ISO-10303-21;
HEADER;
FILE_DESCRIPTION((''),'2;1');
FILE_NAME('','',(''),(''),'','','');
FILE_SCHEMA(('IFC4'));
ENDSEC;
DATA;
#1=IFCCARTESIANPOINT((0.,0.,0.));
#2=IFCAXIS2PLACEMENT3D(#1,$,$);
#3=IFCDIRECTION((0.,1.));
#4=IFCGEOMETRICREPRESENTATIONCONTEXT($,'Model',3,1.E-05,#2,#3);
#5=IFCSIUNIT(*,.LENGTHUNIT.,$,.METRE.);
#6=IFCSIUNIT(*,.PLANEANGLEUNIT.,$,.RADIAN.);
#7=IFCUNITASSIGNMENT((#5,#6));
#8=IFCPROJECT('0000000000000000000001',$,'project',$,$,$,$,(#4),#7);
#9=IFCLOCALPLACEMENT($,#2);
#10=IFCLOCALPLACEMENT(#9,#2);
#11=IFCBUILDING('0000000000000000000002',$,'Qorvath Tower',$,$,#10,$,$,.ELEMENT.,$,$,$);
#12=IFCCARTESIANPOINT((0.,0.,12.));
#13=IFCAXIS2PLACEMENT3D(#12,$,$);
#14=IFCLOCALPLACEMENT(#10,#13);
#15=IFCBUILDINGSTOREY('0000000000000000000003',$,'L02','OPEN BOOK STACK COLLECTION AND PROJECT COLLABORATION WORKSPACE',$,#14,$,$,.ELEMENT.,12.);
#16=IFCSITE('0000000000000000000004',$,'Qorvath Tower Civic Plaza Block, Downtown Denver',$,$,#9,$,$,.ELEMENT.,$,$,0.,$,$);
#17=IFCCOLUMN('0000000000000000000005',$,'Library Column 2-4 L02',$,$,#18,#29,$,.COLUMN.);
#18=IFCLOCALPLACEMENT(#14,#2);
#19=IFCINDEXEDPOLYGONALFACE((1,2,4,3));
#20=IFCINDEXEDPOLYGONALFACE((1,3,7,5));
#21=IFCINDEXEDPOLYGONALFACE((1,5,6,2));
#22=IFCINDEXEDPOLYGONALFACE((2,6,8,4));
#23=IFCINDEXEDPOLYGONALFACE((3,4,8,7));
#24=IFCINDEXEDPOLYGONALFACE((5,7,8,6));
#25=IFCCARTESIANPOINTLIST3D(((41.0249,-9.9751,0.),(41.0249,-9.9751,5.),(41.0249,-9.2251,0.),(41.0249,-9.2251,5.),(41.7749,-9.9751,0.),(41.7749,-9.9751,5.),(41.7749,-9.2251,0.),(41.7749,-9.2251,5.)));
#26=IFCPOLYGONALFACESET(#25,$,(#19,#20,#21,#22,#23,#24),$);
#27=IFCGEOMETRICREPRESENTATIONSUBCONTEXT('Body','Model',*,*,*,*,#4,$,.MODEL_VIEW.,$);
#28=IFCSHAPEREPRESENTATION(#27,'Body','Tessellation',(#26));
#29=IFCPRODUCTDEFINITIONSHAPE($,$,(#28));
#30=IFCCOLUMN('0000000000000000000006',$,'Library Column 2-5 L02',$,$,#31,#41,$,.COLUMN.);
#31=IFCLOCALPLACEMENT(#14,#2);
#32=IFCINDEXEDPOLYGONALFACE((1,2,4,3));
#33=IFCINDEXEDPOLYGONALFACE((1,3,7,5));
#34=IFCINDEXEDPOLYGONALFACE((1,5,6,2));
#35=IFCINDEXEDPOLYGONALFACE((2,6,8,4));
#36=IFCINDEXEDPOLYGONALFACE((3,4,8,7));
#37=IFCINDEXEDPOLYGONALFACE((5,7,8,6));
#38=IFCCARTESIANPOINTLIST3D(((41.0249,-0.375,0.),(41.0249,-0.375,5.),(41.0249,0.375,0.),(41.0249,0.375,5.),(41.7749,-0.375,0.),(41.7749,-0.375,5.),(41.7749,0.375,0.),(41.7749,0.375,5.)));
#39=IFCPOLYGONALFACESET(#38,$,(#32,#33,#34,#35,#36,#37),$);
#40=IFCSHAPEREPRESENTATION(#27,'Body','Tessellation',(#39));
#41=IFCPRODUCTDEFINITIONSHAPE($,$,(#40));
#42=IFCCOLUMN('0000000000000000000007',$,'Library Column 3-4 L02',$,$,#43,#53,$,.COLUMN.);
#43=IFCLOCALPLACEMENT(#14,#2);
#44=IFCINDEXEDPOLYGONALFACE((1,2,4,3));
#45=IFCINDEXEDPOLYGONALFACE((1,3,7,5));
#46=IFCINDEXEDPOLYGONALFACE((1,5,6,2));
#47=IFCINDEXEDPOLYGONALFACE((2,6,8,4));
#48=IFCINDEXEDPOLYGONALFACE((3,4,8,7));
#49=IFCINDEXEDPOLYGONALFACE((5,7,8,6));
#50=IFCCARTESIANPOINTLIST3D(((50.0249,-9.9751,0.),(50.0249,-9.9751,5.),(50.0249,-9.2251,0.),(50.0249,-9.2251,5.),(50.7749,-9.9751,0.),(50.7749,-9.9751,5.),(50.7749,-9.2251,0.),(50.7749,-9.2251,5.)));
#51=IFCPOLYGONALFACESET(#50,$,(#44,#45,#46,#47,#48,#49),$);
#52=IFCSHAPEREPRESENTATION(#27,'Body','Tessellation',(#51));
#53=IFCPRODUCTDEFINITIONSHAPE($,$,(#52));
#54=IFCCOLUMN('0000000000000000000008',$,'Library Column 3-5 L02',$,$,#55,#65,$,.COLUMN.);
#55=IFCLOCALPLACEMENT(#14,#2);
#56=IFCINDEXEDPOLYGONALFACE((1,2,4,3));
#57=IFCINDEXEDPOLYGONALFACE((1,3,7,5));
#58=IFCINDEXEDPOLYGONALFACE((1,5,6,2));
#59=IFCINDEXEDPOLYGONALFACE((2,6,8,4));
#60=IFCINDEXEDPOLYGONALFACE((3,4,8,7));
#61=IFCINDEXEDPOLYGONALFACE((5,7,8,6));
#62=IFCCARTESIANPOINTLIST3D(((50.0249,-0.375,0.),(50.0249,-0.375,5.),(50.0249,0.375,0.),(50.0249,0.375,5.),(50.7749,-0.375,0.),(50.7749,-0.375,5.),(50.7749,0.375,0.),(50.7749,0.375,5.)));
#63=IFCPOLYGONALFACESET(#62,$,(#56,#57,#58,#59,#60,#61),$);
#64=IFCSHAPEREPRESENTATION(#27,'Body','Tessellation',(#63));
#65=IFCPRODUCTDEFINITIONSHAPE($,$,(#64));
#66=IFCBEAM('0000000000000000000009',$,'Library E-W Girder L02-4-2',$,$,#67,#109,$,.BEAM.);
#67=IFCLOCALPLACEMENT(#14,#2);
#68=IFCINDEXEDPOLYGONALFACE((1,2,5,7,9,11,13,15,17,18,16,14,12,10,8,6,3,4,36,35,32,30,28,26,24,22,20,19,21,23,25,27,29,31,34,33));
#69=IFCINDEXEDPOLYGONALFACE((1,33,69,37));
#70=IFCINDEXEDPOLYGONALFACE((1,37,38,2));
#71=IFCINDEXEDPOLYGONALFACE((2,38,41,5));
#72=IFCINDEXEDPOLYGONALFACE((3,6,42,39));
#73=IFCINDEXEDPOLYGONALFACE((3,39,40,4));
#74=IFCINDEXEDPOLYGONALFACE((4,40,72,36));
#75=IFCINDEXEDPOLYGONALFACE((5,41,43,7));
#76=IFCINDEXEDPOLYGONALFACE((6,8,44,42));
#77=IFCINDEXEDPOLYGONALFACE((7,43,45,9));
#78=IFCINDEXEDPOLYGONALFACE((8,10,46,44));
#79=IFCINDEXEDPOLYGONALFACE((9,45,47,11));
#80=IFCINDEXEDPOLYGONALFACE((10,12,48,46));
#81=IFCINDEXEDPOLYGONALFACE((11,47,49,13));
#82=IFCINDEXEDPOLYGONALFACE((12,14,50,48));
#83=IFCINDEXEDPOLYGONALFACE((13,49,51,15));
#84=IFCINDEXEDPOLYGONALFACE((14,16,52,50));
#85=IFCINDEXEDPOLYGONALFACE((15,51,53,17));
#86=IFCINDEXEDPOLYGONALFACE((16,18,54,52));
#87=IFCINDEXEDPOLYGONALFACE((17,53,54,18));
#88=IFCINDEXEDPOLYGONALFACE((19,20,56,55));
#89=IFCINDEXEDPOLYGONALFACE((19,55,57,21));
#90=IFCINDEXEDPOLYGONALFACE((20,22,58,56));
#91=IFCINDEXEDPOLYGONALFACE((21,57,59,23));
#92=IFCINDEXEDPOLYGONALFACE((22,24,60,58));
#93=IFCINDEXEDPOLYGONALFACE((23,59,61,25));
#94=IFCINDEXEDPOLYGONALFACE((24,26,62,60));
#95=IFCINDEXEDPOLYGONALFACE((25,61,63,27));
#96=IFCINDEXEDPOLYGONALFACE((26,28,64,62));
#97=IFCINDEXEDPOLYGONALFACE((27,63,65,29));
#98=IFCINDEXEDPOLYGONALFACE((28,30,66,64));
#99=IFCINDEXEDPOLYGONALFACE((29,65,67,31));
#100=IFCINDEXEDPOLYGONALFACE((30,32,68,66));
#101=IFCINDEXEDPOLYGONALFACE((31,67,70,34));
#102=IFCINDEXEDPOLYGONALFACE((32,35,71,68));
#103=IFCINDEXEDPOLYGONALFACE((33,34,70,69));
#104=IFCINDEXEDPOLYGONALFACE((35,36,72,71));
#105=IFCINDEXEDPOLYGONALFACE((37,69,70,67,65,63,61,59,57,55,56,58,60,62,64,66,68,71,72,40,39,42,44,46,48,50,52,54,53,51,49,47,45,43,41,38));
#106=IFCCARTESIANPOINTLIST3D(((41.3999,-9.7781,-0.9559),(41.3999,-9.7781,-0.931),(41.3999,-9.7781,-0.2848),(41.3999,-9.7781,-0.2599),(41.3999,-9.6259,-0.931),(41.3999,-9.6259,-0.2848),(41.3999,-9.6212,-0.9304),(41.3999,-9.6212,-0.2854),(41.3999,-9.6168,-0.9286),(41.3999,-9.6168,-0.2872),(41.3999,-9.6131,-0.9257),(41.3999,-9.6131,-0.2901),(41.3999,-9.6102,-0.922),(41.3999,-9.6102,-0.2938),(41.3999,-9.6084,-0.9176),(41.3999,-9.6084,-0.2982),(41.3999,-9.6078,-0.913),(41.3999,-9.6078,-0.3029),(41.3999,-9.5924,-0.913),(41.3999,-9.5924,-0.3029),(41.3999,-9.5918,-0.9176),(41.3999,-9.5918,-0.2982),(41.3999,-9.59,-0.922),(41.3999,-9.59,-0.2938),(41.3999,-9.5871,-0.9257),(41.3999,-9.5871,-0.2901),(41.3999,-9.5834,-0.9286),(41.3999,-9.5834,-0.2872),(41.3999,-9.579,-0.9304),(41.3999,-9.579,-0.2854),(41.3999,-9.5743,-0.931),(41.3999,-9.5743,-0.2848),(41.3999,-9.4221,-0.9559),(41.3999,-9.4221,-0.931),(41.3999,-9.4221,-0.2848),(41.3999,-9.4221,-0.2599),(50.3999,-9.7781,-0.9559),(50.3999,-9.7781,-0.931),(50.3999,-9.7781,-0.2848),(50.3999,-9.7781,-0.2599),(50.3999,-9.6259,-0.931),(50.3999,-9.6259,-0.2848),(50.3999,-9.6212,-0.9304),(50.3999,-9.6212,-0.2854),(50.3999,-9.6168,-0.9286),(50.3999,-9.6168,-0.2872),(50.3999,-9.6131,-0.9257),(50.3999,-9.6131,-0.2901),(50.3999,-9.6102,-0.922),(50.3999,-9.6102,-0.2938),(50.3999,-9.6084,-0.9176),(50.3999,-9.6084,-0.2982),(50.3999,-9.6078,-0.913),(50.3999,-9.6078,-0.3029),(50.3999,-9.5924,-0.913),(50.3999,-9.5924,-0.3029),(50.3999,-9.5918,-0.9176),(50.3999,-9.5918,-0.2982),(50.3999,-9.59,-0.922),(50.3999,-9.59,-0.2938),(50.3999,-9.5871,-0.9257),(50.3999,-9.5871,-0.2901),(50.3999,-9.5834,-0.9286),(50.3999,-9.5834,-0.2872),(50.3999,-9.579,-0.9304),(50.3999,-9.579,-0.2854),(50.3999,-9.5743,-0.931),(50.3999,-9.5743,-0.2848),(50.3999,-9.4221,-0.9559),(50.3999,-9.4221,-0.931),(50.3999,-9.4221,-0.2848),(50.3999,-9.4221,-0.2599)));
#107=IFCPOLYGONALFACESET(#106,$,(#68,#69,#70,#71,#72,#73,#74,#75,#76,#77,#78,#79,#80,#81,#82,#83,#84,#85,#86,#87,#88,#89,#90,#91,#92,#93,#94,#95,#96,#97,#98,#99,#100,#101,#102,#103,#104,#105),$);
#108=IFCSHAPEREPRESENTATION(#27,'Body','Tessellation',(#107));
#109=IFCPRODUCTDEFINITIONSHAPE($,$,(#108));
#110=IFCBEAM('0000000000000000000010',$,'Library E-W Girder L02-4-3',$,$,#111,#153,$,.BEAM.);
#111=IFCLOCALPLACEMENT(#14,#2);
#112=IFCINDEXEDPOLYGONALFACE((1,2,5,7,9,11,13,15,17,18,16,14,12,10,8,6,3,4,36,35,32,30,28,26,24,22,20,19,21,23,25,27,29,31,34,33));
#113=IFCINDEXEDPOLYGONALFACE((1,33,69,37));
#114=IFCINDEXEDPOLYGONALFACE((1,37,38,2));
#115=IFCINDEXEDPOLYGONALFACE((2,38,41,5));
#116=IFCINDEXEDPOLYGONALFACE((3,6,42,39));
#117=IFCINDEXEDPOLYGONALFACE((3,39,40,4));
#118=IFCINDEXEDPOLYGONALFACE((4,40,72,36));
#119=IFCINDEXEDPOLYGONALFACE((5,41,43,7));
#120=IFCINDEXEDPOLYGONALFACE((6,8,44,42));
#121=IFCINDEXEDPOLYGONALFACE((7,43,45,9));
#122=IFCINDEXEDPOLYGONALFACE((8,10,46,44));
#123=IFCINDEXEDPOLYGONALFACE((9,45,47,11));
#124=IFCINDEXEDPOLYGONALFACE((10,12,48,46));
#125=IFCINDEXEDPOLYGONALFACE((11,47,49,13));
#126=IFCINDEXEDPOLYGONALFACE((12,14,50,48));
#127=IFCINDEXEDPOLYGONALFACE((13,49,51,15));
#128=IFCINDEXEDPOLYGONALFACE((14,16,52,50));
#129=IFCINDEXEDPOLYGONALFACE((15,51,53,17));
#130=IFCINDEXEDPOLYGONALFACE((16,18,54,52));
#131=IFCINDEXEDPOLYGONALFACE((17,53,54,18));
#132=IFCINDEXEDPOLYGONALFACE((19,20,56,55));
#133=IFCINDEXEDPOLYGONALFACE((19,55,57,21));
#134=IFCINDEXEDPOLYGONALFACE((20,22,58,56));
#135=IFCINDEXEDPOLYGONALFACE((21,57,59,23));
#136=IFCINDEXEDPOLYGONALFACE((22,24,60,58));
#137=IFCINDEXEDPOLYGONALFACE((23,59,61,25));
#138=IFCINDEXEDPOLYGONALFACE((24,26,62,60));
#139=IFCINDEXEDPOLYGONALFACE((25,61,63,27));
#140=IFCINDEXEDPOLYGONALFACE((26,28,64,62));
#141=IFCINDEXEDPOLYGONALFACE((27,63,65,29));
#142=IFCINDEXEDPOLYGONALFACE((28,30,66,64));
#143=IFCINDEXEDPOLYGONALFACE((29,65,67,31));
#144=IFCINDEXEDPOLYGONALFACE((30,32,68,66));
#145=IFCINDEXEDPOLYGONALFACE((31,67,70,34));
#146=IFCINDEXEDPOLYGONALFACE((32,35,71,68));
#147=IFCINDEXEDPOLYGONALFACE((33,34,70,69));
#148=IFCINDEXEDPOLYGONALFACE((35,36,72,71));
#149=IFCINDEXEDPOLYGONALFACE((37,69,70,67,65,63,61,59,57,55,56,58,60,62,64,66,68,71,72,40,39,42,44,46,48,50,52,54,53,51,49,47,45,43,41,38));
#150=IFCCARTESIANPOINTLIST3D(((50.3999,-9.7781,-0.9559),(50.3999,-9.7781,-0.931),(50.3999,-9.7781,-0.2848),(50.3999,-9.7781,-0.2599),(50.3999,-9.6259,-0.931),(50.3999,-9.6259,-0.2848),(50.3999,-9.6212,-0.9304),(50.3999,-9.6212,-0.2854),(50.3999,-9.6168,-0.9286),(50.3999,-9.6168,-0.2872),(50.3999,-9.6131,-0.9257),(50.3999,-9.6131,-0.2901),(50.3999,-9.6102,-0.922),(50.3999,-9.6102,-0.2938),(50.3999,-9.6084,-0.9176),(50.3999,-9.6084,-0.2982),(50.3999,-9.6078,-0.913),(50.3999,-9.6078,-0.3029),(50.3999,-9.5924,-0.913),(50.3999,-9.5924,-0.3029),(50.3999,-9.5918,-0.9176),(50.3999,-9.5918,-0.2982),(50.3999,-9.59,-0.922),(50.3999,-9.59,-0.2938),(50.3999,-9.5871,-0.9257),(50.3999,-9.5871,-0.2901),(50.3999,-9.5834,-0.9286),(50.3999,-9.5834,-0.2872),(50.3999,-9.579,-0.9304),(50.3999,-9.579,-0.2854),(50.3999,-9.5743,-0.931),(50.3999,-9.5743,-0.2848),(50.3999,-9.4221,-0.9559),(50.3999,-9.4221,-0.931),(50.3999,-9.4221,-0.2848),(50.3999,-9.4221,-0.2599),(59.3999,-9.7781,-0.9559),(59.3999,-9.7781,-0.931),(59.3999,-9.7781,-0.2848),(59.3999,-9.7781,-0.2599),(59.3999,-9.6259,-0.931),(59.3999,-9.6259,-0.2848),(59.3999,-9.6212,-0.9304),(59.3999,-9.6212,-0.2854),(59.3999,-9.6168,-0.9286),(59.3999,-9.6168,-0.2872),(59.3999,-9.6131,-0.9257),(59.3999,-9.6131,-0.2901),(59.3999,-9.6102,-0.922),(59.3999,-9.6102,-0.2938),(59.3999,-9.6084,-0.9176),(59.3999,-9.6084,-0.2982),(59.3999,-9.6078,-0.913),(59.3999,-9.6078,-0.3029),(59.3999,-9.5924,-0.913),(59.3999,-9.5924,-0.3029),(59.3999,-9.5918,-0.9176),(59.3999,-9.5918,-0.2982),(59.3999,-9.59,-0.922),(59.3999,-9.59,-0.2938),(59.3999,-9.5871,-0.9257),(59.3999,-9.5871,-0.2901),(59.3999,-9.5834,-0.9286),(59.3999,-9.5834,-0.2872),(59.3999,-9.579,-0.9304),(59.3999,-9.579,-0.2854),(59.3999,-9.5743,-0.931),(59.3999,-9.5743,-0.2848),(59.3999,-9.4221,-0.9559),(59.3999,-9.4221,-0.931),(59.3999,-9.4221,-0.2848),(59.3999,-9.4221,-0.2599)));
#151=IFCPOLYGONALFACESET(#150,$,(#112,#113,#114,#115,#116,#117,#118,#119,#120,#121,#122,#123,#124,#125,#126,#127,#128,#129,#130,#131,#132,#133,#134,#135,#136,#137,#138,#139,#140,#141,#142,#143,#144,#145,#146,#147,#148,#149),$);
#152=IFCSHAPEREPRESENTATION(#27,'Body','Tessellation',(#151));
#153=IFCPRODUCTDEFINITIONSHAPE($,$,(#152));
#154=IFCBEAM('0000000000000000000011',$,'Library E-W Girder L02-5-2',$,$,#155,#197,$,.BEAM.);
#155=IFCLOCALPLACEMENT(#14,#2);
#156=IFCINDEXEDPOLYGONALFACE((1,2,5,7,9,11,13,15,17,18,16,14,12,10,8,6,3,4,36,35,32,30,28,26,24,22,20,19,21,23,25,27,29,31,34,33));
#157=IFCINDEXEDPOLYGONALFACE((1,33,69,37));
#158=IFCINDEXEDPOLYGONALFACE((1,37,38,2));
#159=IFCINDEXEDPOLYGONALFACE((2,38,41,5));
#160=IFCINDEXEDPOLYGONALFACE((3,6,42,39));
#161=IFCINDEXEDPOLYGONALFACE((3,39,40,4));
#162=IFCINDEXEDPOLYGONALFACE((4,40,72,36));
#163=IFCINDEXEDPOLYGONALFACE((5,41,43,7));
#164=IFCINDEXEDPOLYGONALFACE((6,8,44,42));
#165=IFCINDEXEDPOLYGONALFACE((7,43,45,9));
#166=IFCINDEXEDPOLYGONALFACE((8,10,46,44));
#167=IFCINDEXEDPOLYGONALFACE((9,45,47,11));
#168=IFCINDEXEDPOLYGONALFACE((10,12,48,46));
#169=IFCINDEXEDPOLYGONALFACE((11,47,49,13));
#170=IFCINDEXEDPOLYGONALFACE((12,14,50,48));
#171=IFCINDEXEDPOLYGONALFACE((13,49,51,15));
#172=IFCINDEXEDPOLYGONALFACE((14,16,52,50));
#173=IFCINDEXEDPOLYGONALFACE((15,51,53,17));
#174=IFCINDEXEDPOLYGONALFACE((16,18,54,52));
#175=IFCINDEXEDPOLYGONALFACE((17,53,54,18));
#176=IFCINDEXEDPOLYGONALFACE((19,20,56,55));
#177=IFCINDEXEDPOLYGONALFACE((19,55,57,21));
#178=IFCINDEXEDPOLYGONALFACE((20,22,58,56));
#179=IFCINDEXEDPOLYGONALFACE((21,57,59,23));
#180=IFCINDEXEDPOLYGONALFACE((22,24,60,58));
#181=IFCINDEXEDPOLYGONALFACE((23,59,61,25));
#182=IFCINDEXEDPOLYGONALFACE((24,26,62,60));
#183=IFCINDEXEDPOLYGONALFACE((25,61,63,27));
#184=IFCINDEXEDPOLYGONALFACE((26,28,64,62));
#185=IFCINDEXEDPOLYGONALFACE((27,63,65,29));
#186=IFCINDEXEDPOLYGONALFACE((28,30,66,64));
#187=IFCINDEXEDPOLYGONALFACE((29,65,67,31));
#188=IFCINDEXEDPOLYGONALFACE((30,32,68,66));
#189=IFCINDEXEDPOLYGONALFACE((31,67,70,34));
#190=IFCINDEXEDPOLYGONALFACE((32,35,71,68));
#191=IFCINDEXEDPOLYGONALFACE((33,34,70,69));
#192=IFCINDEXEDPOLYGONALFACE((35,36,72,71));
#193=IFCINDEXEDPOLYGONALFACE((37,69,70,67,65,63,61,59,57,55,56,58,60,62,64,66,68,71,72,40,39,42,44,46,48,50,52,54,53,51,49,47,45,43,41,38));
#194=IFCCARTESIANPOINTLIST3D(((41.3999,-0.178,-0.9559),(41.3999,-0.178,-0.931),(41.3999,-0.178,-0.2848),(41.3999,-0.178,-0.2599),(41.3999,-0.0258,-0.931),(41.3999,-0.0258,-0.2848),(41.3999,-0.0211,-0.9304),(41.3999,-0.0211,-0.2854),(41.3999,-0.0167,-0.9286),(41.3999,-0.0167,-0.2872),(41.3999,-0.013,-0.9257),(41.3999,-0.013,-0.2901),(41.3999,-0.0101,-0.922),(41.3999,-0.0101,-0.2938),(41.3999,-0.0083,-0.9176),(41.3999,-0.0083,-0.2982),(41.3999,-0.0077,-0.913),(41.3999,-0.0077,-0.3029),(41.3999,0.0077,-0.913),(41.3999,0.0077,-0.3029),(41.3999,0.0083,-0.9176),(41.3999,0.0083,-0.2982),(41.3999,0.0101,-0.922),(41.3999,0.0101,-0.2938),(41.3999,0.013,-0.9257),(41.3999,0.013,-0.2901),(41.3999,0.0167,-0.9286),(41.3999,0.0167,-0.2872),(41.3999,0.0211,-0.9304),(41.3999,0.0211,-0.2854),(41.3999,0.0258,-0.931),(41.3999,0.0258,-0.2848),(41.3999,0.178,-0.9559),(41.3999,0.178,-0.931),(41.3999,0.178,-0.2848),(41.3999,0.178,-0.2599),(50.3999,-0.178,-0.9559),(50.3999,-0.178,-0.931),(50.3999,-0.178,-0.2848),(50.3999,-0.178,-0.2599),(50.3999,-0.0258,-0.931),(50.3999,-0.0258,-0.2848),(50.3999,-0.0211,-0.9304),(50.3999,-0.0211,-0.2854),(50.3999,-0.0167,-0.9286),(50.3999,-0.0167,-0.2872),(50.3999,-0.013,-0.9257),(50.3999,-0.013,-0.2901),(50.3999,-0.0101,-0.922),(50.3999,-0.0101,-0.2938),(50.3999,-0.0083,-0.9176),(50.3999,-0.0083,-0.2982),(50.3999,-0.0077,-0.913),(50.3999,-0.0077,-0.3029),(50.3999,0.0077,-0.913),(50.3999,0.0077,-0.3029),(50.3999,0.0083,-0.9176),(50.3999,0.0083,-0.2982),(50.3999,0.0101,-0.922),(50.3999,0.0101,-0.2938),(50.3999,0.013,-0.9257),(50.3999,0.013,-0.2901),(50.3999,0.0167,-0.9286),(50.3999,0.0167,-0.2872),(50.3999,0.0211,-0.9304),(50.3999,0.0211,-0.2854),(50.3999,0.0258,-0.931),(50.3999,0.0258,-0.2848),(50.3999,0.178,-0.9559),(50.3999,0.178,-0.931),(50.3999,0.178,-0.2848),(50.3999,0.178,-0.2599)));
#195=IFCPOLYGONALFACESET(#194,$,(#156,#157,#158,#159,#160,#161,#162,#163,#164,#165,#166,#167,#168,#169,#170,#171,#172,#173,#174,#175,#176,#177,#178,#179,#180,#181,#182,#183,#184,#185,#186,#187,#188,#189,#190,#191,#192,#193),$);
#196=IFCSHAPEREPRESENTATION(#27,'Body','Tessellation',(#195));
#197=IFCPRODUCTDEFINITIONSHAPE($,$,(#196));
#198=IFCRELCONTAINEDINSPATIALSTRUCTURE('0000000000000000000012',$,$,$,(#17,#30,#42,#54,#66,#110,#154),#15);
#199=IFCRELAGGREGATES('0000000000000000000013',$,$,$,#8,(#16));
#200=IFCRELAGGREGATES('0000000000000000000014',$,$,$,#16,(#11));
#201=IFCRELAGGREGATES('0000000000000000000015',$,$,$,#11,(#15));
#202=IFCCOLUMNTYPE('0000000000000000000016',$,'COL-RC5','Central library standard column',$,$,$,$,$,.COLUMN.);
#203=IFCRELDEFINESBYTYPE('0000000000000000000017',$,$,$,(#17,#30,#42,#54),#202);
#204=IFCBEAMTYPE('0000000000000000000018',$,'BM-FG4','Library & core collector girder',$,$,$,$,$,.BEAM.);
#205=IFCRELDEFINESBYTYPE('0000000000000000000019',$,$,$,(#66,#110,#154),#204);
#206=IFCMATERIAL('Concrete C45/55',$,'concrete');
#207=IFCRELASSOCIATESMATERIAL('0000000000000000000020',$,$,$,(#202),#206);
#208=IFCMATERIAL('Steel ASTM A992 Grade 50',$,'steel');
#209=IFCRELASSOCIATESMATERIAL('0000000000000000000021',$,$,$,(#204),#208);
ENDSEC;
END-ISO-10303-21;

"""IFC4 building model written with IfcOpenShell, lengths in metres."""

from ifc_helpers import new_model, si_unit, direction, frame, origin, origin_2d, place, context, subcontext, project, spatial, rectangle, i_section, extrude, material, material_profile, profile_set, type_object, element, save


model = new_model("IFC4")

# Units and contexts
model_context = context("Model", 3, precision=1e-05, world=origin(), true_north=direction((0.0, 1.0)))
body_context = subcontext(model_context, "Body", "Model", "MODEL_VIEW")
ifc_project = project(units=[si_unit("LENGTHUNIT", "METRE"), si_unit("PLANEANGLEUNIT", "RADIAN")], contexts=[model_context])

# Site, building, storey
site_placement = place(None, origin())
site = spatial("IfcSite", under=ifc_project, at=site_placement, Name="Qorvath Tower Civic Plaza Block, Downtown Denver", CompositionType="ELEMENT", RefElevation=0.0)
building_placement = place(site_placement, origin())
building = spatial("IfcBuilding", under=site, at=building_placement, Name="Qorvath Tower", CompositionType="ELEMENT")
storey_placement = place(building_placement, frame((0.0, 0.0, 12.0)))
storey = spatial("IfcBuildingStorey", under=building, at=storey_placement, Name="L02", Description="OPEN BOOK STACK COLLECTION AND PROJECT COLLABORATION WORKSPACE", CompositionType="ELEMENT", Elevation=12.0)

# Columns
ifc_material_1 = material(Name="Concrete C45/55", Category="concrete")
ifc_material_profile_1 = material_profile(ifc_material_1, rectangle(XDim=0.75, YDim=0.75, at=origin_2d()), Name="RC 750x750")
ifc_profile_set_1 = profile_set([ifc_material_profile_1], Name="Concrete C45/55")
column_type = type_object("IfcColumnType", Name="COL-RC5", Description="Central library standard column", PredefinedType="COLUMN", material=ifc_profile_set_1)
for number, where, z_axis, x_axis, name in (
    (1, (41.3999, -9.6001, 0.0), (0.0, 0.0, 1.0), (1.0, 0.0, 0.0), "Library Column 2-4 L02"),
    (2, (41.3999, 0.0, 0.0), (0.0, 0.0, 1.0), (1.0, 0.0, 0.0), "Library Column 2-5 L02"),
    (3, (50.3999, -9.6001, 0.0), (0.0, 0.0, 1.0), (1.0, 0.0, 0.0), "Library Column 3-4 L02"),
    (4, (50.3999, 0.0, 0.0), (0.0, 0.0, 1.0), (1.0, 0.0, 0.0), "Library Column 3-5 L02"),
):
    element("IfcColumn", number, at=place(storey_placement, frame(where, z_axis=z_axis, x_axis=x_axis)), inside=storey, type_object=column_type, Name=name, PredefinedType="COLUMN", context=body_context, shape_type="SweptSolid", body=[
        extrude(rectangle(XDim=0.75, YDim=0.75, at=origin_2d()), origin(), (0.0, 0.0, 1.0), 5.0),
    ])

# Beams
ifc_material_2 = material(Name="Steel ASTM A992 Grade 50", Category="steel")
ifc_material_profile_2 = material_profile(ifc_material_2, i_section(OverallWidth=0.356, OverallDepth=0.696, WebThickness=0.0154, FlangeThickness=0.0249, FilletRadius=0.0181, at=origin_2d()), Name="W27x146")
ifc_profile_set_2 = profile_set([ifc_material_profile_2], Name="Steel ASTM A992 Grade 50")
beam_type_1 = type_object("IfcBeamType", Name="BM-FG4", Description="Library & core collector girder", PredefinedType="BEAM", material=ifc_profile_set_2)
for number, where, z_axis, x_axis, name in (
    (5, (41.3999, -9.6001, -0.6079), (1.0, 0.0, 0.0), (0.0, 1.0, 0.0), "Library E-W Girder L02-4-2"),
    (6, (50.3999, -9.6001, -0.6079), (1.0, 0.0, 0.0), (0.0, 1.0, 0.0), "Library E-W Girder L02-4-3"),
    (7, (41.3999, 0.0, -0.6079), (1.0, 0.0, 0.0), (0.0, 1.0, 0.0), "Library E-W Girder L02-5-2"),
):
    element("IfcBeam", number, at=place(storey_placement, frame(where, z_axis=z_axis, x_axis=x_axis)), inside=storey, type_object=beam_type_1, Name=name, PredefinedType="BEAM", context=body_context, shape_type="SweptSolid", body=[
        extrude(i_section(OverallWidth=0.356, OverallDepth=0.696, WebThickness=0.0154, FlangeThickness=0.0249, FilletRadius=0.0181, at=origin_2d()), origin(), (0.0, 0.0, 1.0), 9.0),
    ])

save(model, "model.ifc")
